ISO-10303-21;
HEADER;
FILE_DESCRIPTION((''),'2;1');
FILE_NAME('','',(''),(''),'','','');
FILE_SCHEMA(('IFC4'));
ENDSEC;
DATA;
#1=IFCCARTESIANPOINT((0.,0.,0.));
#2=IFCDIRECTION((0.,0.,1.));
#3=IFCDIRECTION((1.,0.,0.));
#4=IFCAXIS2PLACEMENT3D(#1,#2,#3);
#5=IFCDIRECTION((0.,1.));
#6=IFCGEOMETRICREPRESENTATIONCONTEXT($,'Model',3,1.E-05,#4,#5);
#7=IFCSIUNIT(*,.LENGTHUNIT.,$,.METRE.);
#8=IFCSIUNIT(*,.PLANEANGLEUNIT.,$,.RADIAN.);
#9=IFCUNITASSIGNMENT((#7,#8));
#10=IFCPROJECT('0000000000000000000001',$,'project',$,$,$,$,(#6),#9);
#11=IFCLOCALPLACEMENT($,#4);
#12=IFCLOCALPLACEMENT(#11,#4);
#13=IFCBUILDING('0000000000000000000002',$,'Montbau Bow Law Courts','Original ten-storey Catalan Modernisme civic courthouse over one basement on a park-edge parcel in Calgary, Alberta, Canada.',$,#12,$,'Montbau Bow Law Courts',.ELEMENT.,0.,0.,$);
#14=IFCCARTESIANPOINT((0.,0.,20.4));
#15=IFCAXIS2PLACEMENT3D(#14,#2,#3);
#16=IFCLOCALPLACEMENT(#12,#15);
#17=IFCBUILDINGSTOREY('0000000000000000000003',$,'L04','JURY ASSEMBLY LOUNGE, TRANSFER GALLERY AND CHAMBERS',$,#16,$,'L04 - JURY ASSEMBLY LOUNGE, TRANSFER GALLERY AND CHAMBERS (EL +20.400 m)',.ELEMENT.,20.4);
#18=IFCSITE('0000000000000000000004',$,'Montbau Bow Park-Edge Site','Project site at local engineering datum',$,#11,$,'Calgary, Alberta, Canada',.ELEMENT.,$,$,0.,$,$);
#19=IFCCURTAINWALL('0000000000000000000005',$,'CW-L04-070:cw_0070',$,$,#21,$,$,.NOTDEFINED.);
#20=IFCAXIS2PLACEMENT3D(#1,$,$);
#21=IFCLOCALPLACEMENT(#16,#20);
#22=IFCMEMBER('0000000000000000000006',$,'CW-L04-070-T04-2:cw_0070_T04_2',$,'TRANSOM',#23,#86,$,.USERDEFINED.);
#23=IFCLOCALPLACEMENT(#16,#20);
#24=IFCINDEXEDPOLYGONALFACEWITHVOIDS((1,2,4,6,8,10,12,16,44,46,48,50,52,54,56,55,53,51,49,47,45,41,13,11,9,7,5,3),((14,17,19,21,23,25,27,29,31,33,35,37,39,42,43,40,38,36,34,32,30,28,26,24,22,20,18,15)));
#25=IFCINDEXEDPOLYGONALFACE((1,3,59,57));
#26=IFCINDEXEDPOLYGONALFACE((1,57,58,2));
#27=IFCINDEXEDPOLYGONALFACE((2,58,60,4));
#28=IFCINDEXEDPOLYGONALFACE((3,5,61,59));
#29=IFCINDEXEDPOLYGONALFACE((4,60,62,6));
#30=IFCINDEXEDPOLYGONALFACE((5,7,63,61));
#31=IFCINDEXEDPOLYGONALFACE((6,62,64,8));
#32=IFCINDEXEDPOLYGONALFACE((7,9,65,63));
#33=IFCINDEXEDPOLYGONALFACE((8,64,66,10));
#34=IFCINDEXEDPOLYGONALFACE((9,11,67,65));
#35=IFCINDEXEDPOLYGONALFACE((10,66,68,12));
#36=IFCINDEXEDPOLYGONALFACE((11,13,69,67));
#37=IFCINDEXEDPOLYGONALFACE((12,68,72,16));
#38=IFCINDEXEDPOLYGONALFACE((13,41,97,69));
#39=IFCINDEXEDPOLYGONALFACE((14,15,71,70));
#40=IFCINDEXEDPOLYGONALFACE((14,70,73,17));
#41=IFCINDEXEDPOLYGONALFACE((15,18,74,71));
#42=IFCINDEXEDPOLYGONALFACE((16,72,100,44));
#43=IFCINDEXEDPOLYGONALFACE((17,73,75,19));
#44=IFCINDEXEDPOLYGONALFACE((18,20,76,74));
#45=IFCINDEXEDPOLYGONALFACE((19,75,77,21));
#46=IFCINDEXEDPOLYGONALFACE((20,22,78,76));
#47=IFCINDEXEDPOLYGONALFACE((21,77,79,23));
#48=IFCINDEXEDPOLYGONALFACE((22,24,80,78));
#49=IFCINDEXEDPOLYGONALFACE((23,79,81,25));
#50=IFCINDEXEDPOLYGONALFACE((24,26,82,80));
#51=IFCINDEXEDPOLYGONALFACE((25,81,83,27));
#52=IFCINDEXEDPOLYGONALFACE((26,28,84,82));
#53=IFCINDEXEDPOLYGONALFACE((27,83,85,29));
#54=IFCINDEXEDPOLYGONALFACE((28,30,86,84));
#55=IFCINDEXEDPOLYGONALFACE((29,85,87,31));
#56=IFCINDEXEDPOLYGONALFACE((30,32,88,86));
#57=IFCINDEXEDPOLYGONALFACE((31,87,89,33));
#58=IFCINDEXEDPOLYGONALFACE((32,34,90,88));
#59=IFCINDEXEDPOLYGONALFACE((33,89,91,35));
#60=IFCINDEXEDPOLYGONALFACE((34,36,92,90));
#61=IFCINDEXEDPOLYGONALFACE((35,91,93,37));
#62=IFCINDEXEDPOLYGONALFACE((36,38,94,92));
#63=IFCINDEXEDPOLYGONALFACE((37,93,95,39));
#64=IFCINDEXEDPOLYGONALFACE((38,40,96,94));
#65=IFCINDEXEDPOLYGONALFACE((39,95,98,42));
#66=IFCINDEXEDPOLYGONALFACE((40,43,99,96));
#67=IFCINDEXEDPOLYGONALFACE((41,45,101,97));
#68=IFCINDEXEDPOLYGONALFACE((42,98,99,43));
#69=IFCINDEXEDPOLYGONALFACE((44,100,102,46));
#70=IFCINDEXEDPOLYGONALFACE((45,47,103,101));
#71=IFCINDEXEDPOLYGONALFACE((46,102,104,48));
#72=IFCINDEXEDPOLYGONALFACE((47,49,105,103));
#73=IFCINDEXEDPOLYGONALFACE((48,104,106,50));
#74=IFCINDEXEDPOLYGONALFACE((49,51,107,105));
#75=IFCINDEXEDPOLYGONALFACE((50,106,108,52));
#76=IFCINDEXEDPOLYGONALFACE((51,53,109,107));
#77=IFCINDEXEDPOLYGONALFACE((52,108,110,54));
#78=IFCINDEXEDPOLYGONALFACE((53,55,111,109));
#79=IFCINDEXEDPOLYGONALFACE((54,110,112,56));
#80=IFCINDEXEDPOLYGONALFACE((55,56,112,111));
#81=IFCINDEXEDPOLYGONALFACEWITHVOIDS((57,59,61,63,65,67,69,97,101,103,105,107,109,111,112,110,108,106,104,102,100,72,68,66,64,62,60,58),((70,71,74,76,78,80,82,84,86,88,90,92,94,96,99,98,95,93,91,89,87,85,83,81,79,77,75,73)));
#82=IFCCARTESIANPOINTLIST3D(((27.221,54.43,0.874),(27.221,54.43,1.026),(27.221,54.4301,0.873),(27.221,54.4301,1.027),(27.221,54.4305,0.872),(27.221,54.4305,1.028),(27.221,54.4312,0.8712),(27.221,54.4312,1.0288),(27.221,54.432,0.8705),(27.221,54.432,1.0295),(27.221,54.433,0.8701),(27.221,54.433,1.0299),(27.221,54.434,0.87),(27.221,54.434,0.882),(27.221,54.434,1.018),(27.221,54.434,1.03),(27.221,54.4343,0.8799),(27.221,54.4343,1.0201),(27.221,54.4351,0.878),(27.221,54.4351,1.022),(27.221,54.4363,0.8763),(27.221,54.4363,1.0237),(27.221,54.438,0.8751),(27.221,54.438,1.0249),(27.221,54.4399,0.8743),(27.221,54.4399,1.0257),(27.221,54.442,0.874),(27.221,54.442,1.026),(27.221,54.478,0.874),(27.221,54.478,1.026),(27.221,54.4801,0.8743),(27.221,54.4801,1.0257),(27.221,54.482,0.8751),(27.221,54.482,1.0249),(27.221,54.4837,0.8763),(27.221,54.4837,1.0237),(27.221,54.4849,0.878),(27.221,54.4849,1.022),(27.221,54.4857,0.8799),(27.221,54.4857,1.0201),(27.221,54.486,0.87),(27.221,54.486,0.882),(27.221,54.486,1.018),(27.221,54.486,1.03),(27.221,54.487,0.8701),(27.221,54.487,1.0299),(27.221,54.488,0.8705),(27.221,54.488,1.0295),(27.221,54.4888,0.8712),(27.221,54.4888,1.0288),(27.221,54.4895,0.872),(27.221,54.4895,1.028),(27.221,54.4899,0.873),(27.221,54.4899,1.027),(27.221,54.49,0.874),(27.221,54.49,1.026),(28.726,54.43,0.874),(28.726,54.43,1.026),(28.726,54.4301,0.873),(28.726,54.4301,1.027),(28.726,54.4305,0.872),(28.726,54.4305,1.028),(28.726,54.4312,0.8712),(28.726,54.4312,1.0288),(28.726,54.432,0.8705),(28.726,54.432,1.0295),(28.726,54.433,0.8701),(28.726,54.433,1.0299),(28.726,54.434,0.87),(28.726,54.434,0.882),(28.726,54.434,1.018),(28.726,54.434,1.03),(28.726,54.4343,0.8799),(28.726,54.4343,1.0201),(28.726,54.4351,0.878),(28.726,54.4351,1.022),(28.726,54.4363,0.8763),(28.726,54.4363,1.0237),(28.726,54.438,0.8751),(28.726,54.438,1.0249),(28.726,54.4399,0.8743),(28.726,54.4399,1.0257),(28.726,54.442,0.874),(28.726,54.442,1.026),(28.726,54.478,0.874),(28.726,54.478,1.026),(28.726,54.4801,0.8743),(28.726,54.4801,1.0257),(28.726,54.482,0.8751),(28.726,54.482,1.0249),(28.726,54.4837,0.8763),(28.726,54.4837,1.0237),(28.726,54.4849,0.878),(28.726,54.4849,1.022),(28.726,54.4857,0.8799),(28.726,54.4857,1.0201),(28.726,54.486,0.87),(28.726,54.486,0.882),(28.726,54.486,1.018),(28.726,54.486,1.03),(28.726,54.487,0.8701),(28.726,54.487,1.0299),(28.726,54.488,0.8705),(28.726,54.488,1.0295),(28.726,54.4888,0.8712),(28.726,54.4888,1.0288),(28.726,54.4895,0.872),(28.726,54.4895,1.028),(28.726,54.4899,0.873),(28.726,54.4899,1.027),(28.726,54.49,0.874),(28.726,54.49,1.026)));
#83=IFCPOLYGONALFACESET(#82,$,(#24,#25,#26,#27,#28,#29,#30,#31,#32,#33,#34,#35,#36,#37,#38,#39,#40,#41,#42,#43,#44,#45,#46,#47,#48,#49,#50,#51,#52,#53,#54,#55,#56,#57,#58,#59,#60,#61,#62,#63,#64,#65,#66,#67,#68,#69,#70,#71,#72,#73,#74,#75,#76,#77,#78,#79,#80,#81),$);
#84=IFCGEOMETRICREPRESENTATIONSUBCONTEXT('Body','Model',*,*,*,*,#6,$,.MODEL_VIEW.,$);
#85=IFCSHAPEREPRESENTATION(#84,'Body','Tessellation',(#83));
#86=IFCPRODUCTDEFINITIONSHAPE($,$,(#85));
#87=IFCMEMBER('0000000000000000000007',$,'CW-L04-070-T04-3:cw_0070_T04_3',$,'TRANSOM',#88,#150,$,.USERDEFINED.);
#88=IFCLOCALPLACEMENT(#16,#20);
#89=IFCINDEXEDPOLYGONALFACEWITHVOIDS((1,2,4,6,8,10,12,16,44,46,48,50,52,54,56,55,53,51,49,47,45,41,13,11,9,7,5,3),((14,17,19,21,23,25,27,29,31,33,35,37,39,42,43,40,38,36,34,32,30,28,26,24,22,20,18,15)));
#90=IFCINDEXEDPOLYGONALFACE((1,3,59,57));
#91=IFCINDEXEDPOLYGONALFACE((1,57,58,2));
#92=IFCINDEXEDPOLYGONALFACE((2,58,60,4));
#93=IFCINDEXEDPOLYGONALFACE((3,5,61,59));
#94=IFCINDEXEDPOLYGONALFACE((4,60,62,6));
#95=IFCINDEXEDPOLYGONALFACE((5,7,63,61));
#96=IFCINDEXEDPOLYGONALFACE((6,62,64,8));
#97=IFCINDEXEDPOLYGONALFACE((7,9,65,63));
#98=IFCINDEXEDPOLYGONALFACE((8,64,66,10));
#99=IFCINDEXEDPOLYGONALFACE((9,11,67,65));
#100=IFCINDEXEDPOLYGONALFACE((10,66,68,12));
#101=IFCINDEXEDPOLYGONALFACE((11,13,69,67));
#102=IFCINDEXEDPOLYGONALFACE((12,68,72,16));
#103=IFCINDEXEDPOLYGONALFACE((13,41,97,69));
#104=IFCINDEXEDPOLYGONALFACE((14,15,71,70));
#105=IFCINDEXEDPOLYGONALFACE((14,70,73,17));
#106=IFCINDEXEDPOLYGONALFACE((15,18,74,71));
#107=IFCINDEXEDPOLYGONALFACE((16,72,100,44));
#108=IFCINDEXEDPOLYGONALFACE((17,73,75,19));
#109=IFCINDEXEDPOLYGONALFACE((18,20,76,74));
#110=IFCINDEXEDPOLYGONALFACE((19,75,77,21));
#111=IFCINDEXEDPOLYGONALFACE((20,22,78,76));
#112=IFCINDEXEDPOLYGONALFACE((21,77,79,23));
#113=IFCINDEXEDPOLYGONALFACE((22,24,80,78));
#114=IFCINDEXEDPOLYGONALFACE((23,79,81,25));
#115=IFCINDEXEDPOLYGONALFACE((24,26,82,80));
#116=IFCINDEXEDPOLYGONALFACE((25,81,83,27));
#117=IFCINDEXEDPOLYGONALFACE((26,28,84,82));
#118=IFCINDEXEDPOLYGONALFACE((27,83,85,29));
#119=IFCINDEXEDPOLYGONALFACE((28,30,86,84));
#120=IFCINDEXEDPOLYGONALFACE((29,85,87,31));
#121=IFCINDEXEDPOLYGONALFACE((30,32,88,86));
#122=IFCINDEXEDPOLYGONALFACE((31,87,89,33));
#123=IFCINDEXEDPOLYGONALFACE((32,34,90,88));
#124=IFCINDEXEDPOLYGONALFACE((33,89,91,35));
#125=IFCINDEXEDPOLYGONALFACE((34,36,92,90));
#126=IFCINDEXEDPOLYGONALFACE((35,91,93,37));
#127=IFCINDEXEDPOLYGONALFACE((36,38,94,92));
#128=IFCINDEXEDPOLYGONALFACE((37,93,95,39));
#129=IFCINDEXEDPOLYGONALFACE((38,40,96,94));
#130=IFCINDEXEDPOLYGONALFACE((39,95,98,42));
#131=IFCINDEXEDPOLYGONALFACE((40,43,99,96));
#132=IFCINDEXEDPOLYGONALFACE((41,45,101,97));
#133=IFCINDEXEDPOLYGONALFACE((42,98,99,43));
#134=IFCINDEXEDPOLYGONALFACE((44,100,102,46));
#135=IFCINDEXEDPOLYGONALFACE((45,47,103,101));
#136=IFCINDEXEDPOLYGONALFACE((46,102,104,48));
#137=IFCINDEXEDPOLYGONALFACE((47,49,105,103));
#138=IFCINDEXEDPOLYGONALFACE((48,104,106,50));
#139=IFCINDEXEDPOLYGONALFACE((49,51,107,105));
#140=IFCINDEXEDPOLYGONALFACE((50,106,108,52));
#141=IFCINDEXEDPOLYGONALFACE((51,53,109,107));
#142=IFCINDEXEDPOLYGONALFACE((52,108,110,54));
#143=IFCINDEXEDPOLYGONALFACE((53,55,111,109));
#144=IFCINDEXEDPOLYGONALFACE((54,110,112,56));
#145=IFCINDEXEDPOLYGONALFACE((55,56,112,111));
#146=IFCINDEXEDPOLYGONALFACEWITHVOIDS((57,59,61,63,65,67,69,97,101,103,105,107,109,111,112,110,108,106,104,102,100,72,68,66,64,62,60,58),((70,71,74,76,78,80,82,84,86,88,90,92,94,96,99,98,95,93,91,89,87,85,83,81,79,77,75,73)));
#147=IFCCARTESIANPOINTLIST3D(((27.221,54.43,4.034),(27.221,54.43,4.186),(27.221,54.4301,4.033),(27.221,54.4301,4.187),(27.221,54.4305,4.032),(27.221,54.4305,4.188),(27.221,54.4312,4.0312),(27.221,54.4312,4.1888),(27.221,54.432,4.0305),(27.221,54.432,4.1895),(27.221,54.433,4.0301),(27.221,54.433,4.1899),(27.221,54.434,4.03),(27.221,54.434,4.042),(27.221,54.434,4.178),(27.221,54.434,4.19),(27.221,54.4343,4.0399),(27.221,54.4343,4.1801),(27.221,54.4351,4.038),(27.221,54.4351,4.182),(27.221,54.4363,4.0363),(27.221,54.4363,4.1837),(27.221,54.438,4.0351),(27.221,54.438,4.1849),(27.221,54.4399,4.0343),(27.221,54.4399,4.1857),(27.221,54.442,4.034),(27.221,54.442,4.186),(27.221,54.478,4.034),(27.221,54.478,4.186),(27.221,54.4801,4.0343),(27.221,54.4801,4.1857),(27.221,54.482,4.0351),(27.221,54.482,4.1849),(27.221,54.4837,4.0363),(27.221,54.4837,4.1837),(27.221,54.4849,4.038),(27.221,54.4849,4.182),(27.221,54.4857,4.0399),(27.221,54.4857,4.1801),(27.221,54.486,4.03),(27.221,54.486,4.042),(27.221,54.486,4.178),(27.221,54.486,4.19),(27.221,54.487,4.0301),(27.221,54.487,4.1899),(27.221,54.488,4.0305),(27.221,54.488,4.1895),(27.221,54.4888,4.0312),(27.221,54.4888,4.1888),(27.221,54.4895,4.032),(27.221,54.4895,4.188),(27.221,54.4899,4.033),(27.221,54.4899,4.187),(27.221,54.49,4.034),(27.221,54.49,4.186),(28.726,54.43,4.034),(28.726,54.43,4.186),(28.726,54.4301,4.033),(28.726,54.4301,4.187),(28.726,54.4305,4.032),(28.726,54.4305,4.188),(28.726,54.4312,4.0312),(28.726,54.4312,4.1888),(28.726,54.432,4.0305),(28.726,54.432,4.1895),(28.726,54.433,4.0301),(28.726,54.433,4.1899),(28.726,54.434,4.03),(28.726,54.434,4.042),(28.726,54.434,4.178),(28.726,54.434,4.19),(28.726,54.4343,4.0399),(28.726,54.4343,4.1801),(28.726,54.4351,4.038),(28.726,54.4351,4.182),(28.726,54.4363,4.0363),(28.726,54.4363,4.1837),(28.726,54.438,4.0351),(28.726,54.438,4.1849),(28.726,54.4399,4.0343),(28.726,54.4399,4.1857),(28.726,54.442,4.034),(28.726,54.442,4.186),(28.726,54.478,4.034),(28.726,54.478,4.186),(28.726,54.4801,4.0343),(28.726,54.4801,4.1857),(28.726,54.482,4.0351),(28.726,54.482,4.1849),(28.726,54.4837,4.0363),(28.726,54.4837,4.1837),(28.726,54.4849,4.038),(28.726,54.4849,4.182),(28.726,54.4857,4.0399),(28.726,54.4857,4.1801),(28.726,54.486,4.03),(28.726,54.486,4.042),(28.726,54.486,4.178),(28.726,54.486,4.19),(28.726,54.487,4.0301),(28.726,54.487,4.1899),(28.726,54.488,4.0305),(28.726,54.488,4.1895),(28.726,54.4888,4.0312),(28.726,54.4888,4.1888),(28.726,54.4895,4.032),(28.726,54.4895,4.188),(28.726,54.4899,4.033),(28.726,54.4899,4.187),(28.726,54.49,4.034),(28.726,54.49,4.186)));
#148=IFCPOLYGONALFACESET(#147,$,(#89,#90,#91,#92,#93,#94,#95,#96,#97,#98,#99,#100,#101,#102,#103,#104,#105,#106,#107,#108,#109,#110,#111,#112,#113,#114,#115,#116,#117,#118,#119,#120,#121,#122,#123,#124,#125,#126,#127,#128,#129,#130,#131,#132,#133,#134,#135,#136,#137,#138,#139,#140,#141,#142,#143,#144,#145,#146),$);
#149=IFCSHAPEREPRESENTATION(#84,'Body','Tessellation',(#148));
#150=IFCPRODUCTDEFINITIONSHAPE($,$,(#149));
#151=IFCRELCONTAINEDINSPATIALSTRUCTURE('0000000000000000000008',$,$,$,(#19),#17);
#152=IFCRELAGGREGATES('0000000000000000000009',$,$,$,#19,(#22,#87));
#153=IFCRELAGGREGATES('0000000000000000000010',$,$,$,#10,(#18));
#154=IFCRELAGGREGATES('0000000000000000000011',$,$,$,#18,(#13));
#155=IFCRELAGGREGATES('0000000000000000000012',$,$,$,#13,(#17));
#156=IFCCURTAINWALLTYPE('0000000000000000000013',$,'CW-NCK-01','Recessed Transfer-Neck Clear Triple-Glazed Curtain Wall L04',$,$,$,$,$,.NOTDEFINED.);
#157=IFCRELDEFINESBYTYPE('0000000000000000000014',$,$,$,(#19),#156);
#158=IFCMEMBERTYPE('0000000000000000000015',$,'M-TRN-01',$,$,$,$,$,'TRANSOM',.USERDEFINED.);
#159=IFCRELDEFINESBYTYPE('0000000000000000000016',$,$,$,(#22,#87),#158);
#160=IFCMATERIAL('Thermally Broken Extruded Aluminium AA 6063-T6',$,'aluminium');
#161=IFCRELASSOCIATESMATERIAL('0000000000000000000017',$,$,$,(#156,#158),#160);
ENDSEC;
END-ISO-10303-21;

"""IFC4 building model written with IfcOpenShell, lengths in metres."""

from ifc_helpers import new_model, si_unit, direction, frame, origin_with_axes, origin_2d_with_axis, place, context, subcontext, project, spatial, hollow_rectangle, extrude, material, material_profile, profile_set, type_object, element, aggregate, save


model = new_model("IFC4")

# Units and contexts
model_context = context("Model", 3, precision=1e-05, world=origin_with_axes(), true_north=direction((0.0, 1.0)))
body_context = subcontext(model_context, "Body", "Model", "MODEL_VIEW")
ifc_project = project(units=[si_unit("LENGTHUNIT", "METRE"), si_unit("PLANEANGLEUNIT", "RADIAN")], contexts=[model_context])

# Site, building, storey
site_placement = place(None, origin_with_axes())
site = spatial("IfcSite", under=ifc_project, at=site_placement, Name="Montbau Bow Park-Edge Site", Description="Project site at local engineering datum", LongName="Calgary, Alberta, Canada", CompositionType="ELEMENT", RefElevation=0.0)
building_placement = place(site_placement, origin_with_axes())
building = spatial("IfcBuilding", under=site, at=building_placement, Name="Montbau Bow Law Courts", Description="Original ten-storey Catalan Modernisme civic courthouse over one basement on a park-edge parcel in Calgary, Alberta, Canada.", LongName="Montbau Bow Law Courts", CompositionType="ELEMENT", ElevationOfRefHeight=0.0, ElevationOfTerrain=0.0)
storey_placement = place(building_placement, frame((0.0, 0.0, 20.4), z_axis=(0.0, 0.0, 1.0), x_axis=(1.0, 0.0, 0.0)))
storey = spatial("IfcBuildingStorey", under=building, at=storey_placement, Name="L04", Description="JURY ASSEMBLY LOUNGE, TRANSFER GALLERY AND CHAMBERS", LongName="L04 - JURY ASSEMBLY LOUNGE, TRANSFER GALLERY AND CHAMBERS (EL +20.400 m)", CompositionType="ELEMENT", Elevation=20.4)

# Curtain wall, members
ifc_material_1 = material(Name="Thermally Broken Extruded Aluminium AA 6063-T6", Category="aluminium")
curtain_wall_type = type_object("IfcCurtainWallType", Name="CW-NCK-01", Description="Recessed Transfer-Neck Clear Triple-Glazed Curtain Wall L04", PredefinedType="NOTDEFINED", material=ifc_material_1)
curtain_wall_placement = place(None, frame((22.467, 54.46, 20.4), z_axis=(0.0, 0.0, 1.0), x_axis=(1.0, 0.0, 0.0)))
curtain_wall = element("IfcCurtainWall", 1, at=curtain_wall_placement, inside=storey, type_object=curtain_wall_type, Name="CW-L04-070:cw_0070", PredefinedType="NOTDEFINED")
ifc_material_profile_1 = material_profile(ifc_material_1, hollow_rectangle(XDim=0.06, YDim=0.16, WallThickness=0.004, InnerFilletRadius=0.008, OuterFilletRadius=0.004, at=origin_2d_with_axis()), Name="CWT-160X60", Category="Main", Priority=0)
ifc_profile_set_1 = profile_set([ifc_material_profile_1], Name="Thermally Broken Extruded Aluminium AA 6063-T6")
member_type_1 = type_object("IfcMemberType", Name="M-TRN-01", ElementType="TRANSOM", PredefinedType="USERDEFINED", material=ifc_profile_set_1)
member_1_placement = place(None, frame((27.221, 54.46, 21.35), z_axis=(1.0, 0.0, 0.0), x_axis=(0.0, 1.0, 0.0)))
member_1 = element("IfcMember", 2, at=member_1_placement, type_object=member_type_1, Name="CW-L04-070-T04-2:cw_0070_T04_2", ObjectType="TRANSOM", PredefinedType="USERDEFINED", context=body_context, shape_type="SweptSolid", body=[
    extrude(hollow_rectangle(XDim=0.06, YDim=0.16, WallThickness=0.004, InnerFilletRadius=0.008, OuterFilletRadius=0.004, at=origin_2d_with_axis()), origin_with_axes(), (0.0, 0.0, 1.0), 1.505),
])
member_2_placement = place(None, frame((27.221, 54.46, 24.51), z_axis=(1.0, 0.0, 0.0), x_axis=(0.0, 1.0, 0.0)))
member_2 = element("IfcMember", 3, at=member_2_placement, type_object=member_type_1, Name="CW-L04-070-T04-3:cw_0070_T04_3", ObjectType="TRANSOM", PredefinedType="USERDEFINED", context=body_context, shape_type="SweptSolid", body=[
    extrude(hollow_rectangle(XDim=0.06, YDim=0.16, WallThickness=0.004, InnerFilletRadius=0.008, OuterFilletRadius=0.004, at=origin_2d_with_axis()), origin_with_axes(), (0.0, 0.0, 1.0), 1.505),
])
aggregate(curtain_wall, [member_1, member_2])

save(model, "model.ifc")
